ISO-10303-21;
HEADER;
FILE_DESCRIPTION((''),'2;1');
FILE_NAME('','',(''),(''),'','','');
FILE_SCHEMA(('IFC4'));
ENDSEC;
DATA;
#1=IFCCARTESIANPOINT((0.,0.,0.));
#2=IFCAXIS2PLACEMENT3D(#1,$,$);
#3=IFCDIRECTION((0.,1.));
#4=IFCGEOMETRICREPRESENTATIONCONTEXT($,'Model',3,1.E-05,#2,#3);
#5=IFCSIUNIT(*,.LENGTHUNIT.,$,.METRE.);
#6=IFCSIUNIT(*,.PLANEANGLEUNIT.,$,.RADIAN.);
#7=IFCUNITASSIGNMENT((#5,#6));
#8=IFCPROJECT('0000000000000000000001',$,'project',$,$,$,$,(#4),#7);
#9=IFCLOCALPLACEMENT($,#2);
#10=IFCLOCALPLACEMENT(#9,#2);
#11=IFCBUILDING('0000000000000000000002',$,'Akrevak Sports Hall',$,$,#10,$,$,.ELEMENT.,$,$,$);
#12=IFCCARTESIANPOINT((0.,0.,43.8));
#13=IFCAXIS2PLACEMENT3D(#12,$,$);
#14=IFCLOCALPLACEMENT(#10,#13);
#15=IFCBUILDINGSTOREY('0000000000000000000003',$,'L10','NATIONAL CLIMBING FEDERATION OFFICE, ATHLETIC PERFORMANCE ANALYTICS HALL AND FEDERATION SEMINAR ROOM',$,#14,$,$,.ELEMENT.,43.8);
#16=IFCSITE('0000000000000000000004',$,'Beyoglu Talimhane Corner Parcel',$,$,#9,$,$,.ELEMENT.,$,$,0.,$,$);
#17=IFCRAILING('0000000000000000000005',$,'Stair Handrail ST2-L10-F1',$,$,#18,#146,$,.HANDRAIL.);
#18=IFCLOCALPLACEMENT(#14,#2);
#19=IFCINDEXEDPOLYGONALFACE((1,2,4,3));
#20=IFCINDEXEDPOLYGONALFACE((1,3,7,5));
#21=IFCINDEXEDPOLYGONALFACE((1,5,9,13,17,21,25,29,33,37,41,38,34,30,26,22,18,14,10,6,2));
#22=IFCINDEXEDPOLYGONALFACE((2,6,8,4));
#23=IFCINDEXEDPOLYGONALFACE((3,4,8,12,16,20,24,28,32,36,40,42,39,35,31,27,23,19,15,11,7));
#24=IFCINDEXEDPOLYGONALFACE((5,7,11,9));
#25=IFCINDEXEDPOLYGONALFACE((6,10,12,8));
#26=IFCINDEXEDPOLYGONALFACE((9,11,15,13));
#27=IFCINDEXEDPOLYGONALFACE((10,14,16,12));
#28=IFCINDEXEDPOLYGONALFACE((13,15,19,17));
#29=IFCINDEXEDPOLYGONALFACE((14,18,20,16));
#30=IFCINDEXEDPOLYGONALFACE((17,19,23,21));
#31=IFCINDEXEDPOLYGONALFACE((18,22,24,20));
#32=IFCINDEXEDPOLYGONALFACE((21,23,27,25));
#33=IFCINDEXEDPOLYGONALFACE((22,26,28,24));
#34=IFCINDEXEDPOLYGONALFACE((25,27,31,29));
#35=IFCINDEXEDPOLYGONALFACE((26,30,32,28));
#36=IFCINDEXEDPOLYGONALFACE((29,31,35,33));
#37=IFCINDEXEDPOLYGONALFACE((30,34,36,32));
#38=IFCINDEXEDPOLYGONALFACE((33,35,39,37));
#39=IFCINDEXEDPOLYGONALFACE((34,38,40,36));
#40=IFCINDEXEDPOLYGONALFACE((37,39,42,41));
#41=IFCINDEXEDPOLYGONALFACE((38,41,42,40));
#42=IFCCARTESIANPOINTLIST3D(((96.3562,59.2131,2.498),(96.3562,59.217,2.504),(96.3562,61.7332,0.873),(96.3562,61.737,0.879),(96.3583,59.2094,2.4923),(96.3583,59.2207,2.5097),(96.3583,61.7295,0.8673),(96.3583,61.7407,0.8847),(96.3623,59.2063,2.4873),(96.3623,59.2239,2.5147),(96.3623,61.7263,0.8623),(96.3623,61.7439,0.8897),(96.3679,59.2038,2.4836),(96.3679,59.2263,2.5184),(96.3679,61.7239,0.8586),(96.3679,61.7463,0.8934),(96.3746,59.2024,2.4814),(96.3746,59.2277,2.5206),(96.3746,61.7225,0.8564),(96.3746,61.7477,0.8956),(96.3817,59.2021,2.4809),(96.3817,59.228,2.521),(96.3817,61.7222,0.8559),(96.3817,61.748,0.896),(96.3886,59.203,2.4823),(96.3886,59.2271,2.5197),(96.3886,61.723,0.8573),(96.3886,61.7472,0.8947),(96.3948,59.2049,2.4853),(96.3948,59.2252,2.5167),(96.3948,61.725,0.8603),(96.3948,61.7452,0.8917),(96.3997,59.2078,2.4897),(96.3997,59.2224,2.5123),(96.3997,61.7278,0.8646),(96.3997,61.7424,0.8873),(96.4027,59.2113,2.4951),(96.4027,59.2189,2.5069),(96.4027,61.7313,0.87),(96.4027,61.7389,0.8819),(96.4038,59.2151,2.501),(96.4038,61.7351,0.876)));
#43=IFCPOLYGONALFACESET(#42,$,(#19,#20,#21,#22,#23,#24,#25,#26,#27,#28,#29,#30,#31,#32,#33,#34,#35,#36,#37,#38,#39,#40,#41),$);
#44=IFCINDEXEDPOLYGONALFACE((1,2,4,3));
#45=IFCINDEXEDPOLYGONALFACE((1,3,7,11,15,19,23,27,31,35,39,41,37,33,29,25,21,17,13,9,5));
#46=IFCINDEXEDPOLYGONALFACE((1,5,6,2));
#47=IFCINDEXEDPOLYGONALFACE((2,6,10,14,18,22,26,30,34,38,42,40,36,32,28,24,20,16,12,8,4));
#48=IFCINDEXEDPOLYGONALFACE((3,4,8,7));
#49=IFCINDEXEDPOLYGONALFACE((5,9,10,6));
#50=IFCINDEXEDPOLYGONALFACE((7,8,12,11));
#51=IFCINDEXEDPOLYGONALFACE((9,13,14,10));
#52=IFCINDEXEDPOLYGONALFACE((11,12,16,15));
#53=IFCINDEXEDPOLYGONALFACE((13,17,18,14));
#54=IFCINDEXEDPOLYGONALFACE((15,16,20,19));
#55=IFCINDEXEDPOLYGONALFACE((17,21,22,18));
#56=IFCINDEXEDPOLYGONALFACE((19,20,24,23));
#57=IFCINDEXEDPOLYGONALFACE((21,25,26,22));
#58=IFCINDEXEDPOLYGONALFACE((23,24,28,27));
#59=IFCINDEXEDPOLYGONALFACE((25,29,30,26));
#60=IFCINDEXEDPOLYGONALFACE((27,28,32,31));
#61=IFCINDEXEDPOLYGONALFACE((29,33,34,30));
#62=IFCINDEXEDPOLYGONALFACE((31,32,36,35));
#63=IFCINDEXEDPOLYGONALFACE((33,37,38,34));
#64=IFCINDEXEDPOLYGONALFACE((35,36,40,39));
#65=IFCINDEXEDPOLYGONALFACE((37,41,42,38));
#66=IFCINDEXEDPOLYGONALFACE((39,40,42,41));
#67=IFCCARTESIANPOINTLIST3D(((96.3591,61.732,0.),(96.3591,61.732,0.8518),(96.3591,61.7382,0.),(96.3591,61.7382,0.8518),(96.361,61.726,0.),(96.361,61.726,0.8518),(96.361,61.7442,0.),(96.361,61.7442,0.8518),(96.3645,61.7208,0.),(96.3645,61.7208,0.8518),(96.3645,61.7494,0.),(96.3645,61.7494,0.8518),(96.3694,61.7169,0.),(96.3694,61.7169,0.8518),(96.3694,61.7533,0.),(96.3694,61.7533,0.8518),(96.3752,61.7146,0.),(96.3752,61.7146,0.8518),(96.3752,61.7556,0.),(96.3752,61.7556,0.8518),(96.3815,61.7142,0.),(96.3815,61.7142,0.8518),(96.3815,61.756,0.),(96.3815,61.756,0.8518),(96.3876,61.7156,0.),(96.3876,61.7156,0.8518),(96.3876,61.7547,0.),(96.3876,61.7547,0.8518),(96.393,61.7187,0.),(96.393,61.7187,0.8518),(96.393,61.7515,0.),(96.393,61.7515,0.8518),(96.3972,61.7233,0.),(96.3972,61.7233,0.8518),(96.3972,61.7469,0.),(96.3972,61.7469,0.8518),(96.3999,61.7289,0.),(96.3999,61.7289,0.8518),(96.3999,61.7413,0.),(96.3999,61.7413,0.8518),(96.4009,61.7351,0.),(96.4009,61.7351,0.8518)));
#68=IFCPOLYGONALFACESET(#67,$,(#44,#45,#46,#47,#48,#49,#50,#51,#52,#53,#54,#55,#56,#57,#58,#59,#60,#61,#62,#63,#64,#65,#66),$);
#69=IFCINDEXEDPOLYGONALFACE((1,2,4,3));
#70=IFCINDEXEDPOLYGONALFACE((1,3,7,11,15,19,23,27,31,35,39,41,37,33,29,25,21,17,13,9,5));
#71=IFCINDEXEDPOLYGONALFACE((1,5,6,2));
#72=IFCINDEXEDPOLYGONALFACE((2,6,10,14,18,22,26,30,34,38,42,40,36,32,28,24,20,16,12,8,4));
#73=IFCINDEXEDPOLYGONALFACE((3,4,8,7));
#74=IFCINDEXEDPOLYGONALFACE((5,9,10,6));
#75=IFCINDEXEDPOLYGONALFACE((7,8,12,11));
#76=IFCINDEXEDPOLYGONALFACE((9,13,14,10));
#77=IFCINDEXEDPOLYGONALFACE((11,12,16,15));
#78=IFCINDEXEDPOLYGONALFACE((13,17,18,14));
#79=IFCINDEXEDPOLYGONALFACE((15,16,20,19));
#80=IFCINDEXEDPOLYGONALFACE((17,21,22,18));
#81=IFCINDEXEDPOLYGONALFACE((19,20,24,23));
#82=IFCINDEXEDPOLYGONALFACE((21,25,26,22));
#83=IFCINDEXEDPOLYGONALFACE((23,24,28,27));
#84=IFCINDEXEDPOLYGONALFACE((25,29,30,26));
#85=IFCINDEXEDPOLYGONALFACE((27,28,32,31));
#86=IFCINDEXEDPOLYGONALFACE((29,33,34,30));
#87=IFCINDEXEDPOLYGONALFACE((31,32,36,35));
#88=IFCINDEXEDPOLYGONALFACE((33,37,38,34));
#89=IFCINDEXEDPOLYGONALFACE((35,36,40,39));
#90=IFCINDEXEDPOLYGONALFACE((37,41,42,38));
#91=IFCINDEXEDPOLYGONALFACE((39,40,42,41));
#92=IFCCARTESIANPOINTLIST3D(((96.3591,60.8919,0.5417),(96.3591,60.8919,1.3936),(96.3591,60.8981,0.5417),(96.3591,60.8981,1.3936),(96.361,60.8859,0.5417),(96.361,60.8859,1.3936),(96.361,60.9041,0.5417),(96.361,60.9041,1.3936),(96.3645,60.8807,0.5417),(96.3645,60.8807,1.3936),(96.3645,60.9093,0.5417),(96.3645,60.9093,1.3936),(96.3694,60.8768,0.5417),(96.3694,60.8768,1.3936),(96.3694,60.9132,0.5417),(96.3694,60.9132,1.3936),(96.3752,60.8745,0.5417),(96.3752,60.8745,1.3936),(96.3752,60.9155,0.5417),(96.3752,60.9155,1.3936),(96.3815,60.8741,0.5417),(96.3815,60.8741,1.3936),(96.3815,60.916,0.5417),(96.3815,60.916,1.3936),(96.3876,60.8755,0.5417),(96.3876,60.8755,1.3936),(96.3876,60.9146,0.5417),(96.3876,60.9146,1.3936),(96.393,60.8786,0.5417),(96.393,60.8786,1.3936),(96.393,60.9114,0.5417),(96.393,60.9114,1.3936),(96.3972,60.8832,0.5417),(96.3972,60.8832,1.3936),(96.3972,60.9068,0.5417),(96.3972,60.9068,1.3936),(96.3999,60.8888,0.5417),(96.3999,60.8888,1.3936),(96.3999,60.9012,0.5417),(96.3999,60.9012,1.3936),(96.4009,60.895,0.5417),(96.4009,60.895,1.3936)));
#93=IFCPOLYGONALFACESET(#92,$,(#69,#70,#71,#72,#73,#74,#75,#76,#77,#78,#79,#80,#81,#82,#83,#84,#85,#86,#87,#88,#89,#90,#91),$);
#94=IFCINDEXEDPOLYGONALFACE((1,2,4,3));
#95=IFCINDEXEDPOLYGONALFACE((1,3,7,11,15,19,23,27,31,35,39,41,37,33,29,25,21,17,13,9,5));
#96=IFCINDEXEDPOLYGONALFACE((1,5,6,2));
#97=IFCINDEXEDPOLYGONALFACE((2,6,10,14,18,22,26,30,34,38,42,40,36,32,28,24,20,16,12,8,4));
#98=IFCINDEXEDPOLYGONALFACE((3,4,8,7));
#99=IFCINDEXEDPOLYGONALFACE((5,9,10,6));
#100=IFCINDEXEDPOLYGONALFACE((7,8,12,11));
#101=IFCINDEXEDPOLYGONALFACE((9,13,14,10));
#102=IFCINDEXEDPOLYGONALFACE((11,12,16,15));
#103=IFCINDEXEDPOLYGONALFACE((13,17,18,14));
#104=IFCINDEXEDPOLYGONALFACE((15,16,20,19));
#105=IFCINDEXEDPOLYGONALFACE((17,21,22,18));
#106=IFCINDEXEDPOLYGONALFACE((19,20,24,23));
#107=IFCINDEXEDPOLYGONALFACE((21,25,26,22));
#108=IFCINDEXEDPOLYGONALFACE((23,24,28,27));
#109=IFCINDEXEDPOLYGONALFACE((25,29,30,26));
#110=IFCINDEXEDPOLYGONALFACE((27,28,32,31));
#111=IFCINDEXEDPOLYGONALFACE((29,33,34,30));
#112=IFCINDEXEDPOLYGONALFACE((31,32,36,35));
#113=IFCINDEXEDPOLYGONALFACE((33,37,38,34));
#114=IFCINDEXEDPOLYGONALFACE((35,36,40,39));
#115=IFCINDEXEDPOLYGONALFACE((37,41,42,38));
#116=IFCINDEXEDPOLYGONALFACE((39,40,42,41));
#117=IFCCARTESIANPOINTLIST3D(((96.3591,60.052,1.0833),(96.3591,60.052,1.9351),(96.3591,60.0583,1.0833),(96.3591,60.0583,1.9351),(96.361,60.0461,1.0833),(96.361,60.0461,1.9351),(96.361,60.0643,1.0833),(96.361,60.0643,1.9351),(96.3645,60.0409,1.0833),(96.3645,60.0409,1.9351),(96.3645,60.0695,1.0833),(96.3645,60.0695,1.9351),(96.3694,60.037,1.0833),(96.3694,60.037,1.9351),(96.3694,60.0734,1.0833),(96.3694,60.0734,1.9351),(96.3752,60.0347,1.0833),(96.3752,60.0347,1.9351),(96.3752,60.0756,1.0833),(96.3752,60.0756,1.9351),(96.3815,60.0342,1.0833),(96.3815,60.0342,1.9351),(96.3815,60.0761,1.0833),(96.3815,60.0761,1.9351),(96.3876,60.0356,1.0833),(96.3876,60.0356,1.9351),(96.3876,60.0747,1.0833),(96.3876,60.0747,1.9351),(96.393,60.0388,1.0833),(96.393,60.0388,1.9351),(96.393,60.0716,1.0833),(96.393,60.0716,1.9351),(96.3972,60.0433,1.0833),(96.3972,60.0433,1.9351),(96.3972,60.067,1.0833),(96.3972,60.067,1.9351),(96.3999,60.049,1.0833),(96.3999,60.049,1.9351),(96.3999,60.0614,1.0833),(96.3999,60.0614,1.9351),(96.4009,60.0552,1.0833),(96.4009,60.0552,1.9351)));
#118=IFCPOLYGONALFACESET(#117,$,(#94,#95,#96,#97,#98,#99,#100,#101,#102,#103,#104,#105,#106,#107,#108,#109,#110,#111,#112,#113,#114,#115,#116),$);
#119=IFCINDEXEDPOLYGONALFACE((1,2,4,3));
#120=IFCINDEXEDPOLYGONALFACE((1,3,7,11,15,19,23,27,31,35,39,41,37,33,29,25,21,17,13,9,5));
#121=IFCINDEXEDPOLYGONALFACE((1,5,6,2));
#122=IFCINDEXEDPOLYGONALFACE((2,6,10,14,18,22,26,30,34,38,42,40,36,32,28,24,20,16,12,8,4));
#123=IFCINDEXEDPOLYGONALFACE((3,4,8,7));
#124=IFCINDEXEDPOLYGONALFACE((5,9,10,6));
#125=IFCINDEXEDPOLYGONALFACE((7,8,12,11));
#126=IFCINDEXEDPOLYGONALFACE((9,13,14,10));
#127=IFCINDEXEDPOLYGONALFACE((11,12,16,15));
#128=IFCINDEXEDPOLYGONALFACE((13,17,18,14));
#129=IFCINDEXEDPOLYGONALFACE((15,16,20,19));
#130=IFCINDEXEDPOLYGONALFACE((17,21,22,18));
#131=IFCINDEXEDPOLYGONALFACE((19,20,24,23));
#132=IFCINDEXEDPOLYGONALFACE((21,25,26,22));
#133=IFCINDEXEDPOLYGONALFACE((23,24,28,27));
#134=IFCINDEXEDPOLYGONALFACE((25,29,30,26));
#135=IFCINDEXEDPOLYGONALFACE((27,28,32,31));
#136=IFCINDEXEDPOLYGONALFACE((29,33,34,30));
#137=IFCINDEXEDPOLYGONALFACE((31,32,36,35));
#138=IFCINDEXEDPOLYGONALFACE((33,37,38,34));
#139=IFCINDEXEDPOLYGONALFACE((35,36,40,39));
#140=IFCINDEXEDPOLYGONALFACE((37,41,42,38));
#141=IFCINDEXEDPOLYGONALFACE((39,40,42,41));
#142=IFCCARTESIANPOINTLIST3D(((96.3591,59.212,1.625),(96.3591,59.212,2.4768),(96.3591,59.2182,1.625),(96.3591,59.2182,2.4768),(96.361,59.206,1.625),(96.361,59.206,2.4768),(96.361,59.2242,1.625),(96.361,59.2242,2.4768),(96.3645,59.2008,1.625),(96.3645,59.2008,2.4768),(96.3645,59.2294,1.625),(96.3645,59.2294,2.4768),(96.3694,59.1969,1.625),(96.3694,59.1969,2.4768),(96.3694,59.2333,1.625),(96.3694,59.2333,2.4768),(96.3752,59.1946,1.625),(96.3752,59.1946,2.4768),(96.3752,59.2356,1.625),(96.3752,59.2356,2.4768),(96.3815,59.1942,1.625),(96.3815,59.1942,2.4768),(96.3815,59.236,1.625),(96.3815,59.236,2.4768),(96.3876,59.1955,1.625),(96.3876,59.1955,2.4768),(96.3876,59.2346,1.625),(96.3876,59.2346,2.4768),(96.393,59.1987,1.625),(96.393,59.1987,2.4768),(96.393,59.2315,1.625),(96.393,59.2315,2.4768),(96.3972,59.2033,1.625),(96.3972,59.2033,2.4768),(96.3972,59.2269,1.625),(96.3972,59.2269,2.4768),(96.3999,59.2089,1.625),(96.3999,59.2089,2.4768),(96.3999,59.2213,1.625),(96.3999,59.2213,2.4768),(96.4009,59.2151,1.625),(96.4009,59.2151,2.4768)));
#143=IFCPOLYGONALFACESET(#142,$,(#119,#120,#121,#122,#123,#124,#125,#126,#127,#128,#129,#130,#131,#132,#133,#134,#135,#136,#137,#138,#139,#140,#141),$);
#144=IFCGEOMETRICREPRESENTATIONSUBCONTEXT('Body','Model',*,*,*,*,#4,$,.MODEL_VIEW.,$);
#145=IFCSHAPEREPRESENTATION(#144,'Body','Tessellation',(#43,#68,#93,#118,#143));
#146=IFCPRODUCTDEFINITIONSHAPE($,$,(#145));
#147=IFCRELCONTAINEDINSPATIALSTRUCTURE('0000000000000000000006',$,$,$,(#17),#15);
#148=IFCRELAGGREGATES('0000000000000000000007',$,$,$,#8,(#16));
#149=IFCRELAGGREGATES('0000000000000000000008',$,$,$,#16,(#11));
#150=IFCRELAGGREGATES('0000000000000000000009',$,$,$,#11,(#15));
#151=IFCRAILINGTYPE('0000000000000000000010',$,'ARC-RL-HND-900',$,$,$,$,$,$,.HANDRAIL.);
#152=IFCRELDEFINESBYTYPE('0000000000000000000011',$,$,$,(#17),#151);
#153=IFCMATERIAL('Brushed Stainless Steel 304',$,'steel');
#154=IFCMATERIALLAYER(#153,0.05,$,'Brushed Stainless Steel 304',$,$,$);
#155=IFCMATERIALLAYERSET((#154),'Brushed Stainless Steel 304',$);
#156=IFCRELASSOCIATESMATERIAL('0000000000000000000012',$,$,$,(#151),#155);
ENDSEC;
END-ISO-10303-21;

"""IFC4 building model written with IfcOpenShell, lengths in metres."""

from ifc_helpers import new_model, si_unit, direction, frame, origin, origin_2d, place, context, subcontext, project, spatial, circle, extrude, material, layer, layer_set, type_object, element, save


model = new_model("IFC4")

# Units and contexts
model_context = context("Model", 3, precision=1e-05, world=origin(), true_north=direction((0.0, 1.0)))
body_context = subcontext(model_context, "Body", "Model", "MODEL_VIEW")
ifc_project = project(units=[si_unit("LENGTHUNIT", "METRE"), si_unit("PLANEANGLEUNIT", "RADIAN")], contexts=[model_context])

# Site, building, storey
site_placement = place(None, origin())
site = spatial("IfcSite", under=ifc_project, at=site_placement, Name="Beyoglu Talimhane Corner Parcel", CompositionType="ELEMENT", RefElevation=0.0)
building_placement = place(site_placement, origin())
building = spatial("IfcBuilding", under=site, at=building_placement, Name="Akrevak Sports Hall", CompositionType="ELEMENT")
storey_placement = place(building_placement, frame((0.0, 0.0, 43.8)))
storey = spatial("IfcBuildingStorey", under=building, at=storey_placement, Name="L10", Description="NATIONAL CLIMBING FEDERATION OFFICE, ATHLETIC PERFORMANCE ANALYTICS HALL AND FEDERATION SEMINAR ROOM", CompositionType="ELEMENT", Elevation=43.8)

# Shared definitions
ifc_material_1 = material(Name="Brushed Stainless Steel 304", Category="steel")

# Railing
ifc_layer_1 = layer(ifc_material_1, 0.05, Name="Brushed Stainless Steel 304")
ifc_layer_set_1 = layer_set([ifc_layer_1], Name="Brushed Stainless Steel 304")
railing_type_1 = type_object("IfcRailingType", Name="ARC-RL-HND-900", PredefinedType="HANDRAIL", material=ifc_layer_set_1)
railing_1_placement = place(storey_placement, frame((96.3799, 61.7351, 0.0)))
element("IfcRailing", 1, at=railing_1_placement, inside=storey, type_object=railing_type_1, Name="Stair Handrail ST2-L10-F1", PredefinedType="HANDRAIL", context=body_context, shape_type="SweptSolid", body=[
    extrude(circle(Radius=0.0239, at=origin_2d()), frame((0.0, 0.0, 0.876), z_axis=(0.0, -0.840421, 0.541934), x_axis=(1.0, 0.0, 0.0)), (0.0, 0.0, 1.0), 2.9985),
    extrude(circle(Radius=0.021, at=origin_2d()), origin(), (0.0, 0.0, 1.0), 0.8518),
    extrude(circle(Radius=0.021, at=origin_2d()), frame((0.0, -0.8401, 0.5417)), (0.0, 0.0, 1.0), 0.8518),
    extrude(circle(Radius=0.021, at=origin_2d()), frame((0.0, -1.6799, 1.0833)), (0.0, 0.0, 1.0), 0.8518),
    extrude(circle(Radius=0.021, at=origin_2d()), frame((0.0, -2.52, 1.625)), (0.0, 0.0, 1.0), 0.8518),
])

save(model, "model.ifc")
